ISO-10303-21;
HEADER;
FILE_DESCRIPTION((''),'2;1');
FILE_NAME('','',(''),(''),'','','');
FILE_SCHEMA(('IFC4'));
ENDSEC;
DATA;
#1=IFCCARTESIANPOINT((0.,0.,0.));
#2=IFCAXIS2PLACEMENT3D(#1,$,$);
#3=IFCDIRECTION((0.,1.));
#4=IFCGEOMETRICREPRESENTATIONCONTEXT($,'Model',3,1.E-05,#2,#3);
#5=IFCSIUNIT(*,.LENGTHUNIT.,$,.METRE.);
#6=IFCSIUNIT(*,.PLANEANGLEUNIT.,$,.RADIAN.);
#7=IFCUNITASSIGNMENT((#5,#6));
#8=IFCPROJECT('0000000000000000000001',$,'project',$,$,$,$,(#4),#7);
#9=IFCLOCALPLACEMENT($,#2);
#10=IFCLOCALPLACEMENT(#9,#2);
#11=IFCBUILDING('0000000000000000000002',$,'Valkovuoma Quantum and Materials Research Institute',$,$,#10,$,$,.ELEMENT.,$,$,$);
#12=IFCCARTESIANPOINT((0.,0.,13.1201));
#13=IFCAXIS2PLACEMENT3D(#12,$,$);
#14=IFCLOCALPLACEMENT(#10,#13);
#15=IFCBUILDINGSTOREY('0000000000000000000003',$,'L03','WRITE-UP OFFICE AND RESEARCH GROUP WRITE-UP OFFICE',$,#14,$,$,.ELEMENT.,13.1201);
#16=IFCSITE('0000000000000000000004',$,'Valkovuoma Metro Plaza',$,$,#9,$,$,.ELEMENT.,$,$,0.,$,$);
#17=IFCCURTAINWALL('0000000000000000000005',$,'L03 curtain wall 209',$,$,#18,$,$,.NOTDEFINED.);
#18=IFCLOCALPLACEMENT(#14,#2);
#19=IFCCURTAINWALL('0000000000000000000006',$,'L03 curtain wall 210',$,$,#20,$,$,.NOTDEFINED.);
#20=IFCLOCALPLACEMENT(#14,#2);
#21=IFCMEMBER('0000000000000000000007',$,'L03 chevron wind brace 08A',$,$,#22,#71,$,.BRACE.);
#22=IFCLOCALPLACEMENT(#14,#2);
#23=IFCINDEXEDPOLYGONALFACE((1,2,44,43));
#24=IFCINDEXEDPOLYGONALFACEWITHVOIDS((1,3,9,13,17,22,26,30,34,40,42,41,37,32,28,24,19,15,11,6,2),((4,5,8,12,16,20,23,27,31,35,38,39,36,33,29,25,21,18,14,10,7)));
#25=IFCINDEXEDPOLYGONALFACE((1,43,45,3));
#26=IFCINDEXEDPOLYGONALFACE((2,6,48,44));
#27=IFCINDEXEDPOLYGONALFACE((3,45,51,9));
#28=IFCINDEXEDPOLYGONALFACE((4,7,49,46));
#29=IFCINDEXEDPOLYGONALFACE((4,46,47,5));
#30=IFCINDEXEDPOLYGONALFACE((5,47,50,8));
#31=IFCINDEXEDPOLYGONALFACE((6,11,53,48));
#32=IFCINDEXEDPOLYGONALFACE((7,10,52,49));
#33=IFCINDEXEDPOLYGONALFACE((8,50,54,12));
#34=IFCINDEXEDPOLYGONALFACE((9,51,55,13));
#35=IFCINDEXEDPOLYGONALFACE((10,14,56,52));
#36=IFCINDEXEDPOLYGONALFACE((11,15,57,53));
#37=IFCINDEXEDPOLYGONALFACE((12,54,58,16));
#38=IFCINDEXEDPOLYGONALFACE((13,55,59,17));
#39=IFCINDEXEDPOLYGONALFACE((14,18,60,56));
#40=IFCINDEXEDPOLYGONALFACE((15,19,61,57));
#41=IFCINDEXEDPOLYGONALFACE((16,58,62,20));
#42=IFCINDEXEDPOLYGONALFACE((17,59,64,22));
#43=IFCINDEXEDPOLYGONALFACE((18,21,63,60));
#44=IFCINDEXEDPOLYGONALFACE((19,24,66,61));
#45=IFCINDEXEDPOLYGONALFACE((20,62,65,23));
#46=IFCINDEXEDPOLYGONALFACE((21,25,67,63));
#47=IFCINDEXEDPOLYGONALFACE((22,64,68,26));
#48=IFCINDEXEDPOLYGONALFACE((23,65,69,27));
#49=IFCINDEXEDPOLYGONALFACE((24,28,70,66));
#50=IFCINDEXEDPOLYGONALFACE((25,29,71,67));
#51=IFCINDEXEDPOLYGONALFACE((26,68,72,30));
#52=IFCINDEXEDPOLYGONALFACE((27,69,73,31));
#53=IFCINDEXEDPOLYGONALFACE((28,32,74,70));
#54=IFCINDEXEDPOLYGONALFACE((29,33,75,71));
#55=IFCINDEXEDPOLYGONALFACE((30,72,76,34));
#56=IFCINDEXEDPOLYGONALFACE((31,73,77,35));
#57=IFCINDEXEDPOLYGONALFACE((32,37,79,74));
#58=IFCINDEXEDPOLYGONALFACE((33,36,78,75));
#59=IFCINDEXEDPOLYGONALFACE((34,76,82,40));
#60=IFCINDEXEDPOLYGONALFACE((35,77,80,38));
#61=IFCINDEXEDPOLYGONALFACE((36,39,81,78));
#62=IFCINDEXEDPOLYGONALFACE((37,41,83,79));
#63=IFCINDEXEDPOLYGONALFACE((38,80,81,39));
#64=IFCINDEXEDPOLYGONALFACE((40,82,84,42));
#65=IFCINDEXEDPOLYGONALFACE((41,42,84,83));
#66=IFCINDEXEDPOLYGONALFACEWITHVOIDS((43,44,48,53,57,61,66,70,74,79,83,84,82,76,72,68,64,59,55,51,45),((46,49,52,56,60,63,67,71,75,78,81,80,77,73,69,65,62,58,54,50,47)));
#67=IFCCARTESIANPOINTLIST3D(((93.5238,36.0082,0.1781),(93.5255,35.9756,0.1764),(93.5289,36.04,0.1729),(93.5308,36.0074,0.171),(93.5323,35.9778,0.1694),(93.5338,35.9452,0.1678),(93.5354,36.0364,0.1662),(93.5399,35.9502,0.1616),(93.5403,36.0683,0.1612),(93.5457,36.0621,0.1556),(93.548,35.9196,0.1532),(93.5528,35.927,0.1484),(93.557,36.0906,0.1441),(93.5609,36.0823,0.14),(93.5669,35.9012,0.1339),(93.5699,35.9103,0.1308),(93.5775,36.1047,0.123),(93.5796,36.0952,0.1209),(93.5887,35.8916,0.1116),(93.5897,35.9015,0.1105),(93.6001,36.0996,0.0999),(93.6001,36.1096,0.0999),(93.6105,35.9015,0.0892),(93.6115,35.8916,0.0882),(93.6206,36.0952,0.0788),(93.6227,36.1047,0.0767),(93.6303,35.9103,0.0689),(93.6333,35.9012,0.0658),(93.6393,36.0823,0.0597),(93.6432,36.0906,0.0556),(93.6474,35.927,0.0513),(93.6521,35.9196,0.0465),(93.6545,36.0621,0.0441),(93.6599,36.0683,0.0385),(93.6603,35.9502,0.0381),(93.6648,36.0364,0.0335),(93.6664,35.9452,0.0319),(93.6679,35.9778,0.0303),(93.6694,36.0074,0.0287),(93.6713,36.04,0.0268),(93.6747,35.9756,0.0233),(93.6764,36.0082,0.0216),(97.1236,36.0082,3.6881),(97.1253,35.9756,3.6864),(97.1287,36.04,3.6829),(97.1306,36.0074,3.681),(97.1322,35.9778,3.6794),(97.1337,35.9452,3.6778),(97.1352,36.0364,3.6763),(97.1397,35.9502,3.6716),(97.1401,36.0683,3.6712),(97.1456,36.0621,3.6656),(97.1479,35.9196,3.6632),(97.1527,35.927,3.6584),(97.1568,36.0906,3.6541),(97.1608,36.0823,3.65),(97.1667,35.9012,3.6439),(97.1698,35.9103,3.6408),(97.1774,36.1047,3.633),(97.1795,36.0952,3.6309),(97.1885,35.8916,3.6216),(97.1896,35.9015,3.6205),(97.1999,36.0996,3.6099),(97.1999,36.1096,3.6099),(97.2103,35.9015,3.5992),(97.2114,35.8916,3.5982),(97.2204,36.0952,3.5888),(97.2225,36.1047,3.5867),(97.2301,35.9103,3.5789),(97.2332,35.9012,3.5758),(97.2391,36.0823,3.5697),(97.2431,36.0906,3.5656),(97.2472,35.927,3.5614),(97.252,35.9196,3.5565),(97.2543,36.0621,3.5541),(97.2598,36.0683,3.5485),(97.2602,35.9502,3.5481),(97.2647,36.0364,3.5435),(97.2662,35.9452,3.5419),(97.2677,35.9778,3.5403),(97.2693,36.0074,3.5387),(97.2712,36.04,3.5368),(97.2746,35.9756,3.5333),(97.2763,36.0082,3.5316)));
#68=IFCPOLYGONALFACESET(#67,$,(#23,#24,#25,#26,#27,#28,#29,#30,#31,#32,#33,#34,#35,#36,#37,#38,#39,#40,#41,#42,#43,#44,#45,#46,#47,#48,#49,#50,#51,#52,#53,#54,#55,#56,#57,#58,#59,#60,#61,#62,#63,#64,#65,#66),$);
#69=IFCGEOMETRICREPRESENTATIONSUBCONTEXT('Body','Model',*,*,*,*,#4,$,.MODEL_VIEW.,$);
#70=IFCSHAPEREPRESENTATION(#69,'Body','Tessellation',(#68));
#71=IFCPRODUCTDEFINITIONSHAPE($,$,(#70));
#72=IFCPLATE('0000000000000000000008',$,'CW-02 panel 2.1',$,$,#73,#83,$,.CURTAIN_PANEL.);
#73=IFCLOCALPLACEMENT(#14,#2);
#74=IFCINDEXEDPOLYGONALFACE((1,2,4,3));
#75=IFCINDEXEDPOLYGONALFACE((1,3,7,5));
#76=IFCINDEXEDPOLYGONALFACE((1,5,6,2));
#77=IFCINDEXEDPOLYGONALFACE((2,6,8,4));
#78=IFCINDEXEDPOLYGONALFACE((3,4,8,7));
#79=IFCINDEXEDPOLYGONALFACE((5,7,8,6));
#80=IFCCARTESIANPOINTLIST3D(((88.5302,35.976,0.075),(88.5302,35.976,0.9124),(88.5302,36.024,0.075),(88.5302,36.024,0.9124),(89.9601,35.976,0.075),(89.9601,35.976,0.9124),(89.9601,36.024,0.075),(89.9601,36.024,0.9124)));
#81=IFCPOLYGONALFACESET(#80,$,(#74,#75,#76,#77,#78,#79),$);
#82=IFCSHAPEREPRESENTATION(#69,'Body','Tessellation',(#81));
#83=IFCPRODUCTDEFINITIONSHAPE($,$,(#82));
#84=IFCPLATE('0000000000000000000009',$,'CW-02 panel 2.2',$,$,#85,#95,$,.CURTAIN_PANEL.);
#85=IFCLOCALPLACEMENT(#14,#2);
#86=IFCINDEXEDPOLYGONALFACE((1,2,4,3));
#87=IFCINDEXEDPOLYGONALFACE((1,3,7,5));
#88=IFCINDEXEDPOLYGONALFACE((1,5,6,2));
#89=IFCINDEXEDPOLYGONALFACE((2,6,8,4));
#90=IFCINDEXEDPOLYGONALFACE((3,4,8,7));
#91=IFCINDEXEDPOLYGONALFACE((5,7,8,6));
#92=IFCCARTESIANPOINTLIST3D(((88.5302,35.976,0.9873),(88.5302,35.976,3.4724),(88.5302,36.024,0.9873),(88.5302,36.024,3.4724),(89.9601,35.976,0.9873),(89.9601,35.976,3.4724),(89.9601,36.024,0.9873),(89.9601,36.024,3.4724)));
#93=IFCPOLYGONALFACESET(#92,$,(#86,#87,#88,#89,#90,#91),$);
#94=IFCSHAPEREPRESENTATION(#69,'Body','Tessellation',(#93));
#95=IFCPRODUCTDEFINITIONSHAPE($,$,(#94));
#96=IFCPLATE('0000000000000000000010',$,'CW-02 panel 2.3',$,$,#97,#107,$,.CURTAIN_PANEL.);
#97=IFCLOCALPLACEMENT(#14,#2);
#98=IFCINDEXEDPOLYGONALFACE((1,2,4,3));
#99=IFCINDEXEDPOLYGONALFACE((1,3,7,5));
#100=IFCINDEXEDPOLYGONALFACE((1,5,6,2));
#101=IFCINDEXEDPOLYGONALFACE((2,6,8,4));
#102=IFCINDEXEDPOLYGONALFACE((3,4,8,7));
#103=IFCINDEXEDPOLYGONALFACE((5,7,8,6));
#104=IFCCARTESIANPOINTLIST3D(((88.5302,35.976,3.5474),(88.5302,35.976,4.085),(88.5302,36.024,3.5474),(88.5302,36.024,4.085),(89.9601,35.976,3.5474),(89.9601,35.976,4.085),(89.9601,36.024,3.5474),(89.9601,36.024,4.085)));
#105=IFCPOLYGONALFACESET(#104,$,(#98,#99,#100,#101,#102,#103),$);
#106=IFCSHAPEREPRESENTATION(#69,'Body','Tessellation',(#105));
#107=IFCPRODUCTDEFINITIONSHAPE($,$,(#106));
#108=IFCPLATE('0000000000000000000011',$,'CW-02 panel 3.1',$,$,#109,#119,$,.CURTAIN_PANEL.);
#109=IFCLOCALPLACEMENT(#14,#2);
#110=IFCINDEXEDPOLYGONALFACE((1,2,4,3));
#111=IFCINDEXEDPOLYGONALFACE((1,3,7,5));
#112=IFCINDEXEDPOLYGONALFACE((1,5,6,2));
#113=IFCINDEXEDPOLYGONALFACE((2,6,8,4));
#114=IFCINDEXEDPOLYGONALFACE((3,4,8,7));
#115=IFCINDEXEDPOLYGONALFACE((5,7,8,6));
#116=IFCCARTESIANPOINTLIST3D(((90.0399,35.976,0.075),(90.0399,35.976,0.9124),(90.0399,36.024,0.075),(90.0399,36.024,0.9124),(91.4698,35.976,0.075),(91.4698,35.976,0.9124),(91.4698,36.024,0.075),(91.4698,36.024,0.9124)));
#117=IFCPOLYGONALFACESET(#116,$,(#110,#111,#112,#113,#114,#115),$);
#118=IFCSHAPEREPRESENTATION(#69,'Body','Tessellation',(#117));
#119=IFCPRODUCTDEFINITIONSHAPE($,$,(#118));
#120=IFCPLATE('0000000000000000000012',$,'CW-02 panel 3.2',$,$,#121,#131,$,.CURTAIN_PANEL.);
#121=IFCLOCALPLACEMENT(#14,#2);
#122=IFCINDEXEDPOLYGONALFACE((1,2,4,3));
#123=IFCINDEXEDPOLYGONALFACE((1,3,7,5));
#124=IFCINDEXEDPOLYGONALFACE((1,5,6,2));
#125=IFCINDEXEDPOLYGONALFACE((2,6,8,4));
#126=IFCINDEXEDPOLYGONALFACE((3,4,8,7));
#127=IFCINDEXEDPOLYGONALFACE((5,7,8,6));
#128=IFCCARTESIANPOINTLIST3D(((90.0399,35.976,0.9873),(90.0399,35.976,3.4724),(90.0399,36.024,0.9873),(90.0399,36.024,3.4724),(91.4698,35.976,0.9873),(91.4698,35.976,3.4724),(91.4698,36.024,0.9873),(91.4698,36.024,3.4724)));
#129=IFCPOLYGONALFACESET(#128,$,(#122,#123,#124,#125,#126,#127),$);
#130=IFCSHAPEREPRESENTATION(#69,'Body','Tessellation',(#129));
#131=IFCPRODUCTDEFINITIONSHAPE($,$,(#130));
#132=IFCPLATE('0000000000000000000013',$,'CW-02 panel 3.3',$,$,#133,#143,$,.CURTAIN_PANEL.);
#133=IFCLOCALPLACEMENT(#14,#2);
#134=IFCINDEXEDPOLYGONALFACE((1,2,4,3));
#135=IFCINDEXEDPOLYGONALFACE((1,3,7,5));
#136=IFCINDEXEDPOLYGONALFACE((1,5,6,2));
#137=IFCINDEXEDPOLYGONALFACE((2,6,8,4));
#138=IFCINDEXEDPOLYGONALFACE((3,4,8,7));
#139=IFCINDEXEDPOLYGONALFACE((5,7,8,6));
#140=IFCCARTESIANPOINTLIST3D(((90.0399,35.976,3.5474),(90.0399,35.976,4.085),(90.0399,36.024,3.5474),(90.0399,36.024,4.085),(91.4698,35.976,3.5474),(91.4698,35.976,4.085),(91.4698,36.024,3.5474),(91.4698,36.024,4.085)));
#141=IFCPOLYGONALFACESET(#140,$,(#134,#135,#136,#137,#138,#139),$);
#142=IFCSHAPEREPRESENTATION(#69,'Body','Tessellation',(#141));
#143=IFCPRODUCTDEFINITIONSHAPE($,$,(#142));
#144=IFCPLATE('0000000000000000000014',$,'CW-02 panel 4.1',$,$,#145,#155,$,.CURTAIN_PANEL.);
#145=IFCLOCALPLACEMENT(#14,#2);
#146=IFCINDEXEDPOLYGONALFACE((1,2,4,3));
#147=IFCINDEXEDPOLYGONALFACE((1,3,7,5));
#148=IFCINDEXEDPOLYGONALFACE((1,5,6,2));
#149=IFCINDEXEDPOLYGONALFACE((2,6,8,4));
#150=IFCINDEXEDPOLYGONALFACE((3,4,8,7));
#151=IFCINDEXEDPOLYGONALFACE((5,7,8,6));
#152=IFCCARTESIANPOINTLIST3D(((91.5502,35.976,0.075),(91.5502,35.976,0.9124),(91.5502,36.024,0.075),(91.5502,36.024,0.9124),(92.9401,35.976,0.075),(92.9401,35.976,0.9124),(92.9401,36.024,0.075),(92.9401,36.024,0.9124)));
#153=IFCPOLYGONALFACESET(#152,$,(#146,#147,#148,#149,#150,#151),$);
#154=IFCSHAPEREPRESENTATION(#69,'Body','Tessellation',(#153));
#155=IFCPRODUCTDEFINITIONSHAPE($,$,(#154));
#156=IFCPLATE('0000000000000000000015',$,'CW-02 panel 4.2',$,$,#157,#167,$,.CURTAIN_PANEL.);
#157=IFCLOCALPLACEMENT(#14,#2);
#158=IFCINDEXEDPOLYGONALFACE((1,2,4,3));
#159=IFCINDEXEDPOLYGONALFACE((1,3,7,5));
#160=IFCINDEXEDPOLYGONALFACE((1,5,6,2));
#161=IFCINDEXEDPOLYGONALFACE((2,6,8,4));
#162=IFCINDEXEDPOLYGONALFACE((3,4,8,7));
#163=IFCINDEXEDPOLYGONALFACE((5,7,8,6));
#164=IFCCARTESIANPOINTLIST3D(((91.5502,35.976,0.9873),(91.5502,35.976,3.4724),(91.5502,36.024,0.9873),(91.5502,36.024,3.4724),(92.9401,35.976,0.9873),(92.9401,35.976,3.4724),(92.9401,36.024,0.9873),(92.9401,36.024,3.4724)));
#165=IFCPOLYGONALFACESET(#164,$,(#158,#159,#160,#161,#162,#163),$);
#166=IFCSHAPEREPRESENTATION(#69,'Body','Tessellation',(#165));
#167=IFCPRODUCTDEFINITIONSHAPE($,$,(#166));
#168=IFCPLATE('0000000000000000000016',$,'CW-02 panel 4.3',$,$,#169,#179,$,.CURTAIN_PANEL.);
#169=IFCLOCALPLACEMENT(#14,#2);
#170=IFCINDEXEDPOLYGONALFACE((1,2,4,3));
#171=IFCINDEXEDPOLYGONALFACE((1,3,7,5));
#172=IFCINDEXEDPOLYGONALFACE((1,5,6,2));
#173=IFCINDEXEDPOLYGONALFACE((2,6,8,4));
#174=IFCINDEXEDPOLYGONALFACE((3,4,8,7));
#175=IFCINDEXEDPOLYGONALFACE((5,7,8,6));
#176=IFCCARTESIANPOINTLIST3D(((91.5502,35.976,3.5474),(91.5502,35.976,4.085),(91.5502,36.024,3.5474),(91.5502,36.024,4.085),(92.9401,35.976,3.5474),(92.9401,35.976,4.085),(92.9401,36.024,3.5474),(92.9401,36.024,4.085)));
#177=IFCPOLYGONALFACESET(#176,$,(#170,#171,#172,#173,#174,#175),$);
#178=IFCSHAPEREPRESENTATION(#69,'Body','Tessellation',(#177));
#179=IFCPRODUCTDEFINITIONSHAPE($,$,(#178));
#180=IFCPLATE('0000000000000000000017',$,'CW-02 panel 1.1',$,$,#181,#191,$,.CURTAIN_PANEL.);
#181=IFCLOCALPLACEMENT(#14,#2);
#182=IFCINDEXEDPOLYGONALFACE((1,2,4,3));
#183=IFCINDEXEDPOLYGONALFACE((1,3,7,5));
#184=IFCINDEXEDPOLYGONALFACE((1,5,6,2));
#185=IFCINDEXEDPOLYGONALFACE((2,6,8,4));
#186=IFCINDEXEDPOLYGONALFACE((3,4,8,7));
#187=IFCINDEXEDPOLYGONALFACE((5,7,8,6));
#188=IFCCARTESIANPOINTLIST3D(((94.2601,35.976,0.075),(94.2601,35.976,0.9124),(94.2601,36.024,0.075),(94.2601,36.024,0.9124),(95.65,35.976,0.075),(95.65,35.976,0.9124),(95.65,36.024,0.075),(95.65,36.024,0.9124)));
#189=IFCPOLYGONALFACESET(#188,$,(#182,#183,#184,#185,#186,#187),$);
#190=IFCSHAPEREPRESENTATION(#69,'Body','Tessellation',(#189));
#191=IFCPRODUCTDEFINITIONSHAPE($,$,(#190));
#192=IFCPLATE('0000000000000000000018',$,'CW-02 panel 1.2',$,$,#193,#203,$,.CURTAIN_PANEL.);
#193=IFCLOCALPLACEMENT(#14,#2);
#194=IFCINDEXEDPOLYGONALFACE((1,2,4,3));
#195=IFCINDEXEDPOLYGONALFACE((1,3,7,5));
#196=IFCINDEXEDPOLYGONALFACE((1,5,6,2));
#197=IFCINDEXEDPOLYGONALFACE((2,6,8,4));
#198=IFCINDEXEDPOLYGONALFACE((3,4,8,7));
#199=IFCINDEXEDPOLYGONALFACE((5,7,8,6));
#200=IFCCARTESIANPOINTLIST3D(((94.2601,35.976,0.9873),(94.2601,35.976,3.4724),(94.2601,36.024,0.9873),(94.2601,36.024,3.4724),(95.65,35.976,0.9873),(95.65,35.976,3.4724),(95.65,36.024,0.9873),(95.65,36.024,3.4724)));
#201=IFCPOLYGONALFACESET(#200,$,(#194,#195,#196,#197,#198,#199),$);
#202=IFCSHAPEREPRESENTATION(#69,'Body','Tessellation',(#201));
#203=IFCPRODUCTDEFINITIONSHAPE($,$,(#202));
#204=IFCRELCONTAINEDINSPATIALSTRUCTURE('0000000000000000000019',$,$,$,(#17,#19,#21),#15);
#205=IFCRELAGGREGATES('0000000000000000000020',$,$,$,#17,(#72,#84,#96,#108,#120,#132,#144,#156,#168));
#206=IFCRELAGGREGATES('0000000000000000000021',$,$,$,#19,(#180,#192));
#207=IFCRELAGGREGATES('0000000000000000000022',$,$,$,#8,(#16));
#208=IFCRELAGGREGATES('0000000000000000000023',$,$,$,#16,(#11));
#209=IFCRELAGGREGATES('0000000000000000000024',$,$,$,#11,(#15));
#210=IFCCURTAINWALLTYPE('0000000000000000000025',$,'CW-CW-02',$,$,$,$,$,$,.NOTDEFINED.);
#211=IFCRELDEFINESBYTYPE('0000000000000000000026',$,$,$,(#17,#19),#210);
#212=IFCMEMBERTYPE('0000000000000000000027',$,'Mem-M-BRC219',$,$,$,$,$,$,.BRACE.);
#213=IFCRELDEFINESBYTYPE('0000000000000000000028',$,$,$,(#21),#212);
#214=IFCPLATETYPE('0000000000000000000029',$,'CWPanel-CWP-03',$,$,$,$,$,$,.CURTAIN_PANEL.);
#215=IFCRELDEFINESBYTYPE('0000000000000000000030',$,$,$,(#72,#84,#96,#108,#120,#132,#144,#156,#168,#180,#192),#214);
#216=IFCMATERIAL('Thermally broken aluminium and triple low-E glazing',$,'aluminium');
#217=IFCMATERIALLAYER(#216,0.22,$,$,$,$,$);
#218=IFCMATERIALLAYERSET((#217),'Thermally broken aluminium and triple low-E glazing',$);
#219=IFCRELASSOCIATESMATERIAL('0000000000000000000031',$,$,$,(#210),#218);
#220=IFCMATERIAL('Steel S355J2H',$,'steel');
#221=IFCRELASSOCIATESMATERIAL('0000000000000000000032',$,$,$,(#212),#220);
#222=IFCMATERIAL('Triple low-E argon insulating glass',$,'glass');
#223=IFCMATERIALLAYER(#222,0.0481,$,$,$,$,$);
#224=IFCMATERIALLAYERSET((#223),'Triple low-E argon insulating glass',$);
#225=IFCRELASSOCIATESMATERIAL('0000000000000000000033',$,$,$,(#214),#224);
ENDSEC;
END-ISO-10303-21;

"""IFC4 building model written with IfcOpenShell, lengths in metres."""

from ifc_helpers import new_model, si_unit, direction, frame, origin, origin_2d, place, context, subcontext, project, spatial, rectangle, hollow_circle, extrude, material, layer, layer_set, material_profile, profile_set, type_object, element, aggregate, save


model = new_model("IFC4")

# Units and contexts
model_context = context("Model", 3, precision=1e-05, world=origin(), true_north=direction((0.0, 1.0)))
body_context = subcontext(model_context, "Body", "Model", "MODEL_VIEW")
ifc_project = project(units=[si_unit("LENGTHUNIT", "METRE"), si_unit("PLANEANGLEUNIT", "RADIAN")], contexts=[model_context])

# Site, building, storey
site_placement = place(None, origin())
site = spatial("IfcSite", under=ifc_project, at=site_placement, Name="Valkovuoma Metro Plaza", CompositionType="ELEMENT", RefElevation=0.0)
building_placement = place(site_placement, origin())
building = spatial("IfcBuilding", under=site, at=building_placement, Name="Valkovuoma Quantum and Materials Research Institute", CompositionType="ELEMENT")
storey_placement = place(building_placement, frame((0.0, 0.0, 13.1201)))
storey = spatial("IfcBuildingStorey", under=building, at=storey_placement, Name="L03", Description="WRITE-UP OFFICE AND RESEARCH GROUP WRITE-UP OFFICE", CompositionType="ELEMENT", Elevation=13.1201)

# Curtain walls
ifc_material_1 = material(Name="Thermally broken aluminium and triple low-E glazing", Category="aluminium")
ifc_layer_1 = layer(ifc_material_1, 0.22)
ifc_layer_set_1 = layer_set([ifc_layer_1], Name="Thermally broken aluminium and triple low-E glazing")
curtain_wall_type = type_object("IfcCurtainWallType", Name="CW-CW-02", PredefinedType="NOTDEFINED", material=ifc_layer_set_1)
curtain_wall_1_placement = place(storey_placement, origin())
curtain_wall_1 = element("IfcCurtainWall", 1, at=curtain_wall_1_placement, inside=storey, type_object=curtain_wall_type, Name="L03 curtain wall 209", PredefinedType="NOTDEFINED")
curtain_wall_2_placement = place(storey_placement, origin())
curtain_wall_2 = element("IfcCurtainWall", 2, at=curtain_wall_2_placement, inside=storey, type_object=curtain_wall_type, Name="L03 curtain wall 210", PredefinedType="NOTDEFINED")

# Member
ifc_material_2 = material(Name="Steel S355J2H", Category="steel")
ifc_material_profile_1 = material_profile(ifc_material_2, hollow_circle(Radius=0.1096, WallThickness=0.01, at=origin_2d()), Name="Steel S355J2H")
ifc_profile_set_1 = profile_set([ifc_material_profile_1], Name="Steel S355J2H")
member_type_1 = type_object("IfcMemberType", Name="Mem-M-BRC219", PredefinedType="BRACE", material=ifc_profile_set_1)
member_1_placement = place(storey_placement, frame((93.6001, 36.0, 0.0999), z_axis=(0.715985, 0.0, 0.698116), x_axis=(0.0, 1.0, 0.0)))
element("IfcMember", 3, at=member_1_placement, inside=storey, type_object=member_type_1, Name="L03 chevron wind brace 08A", PredefinedType="BRACE", context=body_context, shape_type="SweptSolid", body=[
    extrude(hollow_circle(Radius=0.1096, WallThickness=0.01, at=origin_2d()), origin(), (0.0, 0.0, 1.0), 5.0278),
])

# Plates
ifc_material_3 = material(Name="Triple low-E argon insulating glass", Category="glass")
ifc_layer_2 = layer(ifc_material_3, 0.0481)
ifc_layer_set_2 = layer_set([ifc_layer_2], Name="Triple low-E argon insulating glass")
plate_type_1 = type_object("IfcPlateType", Name="CWPanel-CWP-03", PredefinedType="CURTAIN_PANEL", material=ifc_layer_set_2)
plate_1_placement = place(storey_placement, frame((89.2451, 36.0, 0.075), z_axis=(0.0, 0.0, 1.0), x_axis=(1.0, 0.0, 0.0)))
plate_1 = element("IfcPlate", 4, at=plate_1_placement, type_object=plate_type_1, Name="CW-02 panel 2.1", PredefinedType="CURTAIN_PANEL", context=body_context, shape_type="SweptSolid", body=[
    extrude(rectangle(XDim=1.4299, YDim=0.0481, at=origin_2d()), origin(), (0.0, 0.0, 1.0), 0.8374),
])
plate_2_placement = place(storey_placement, frame((89.2451, 36.0, 0.9873), z_axis=(0.0, 0.0, 1.0), x_axis=(1.0, 0.0, 0.0)))
plate_2 = element("IfcPlate", 5, at=plate_2_placement, type_object=plate_type_1, Name="CW-02 panel 2.2", PredefinedType="CURTAIN_PANEL", context=body_context, shape_type="SweptSolid", body=[
    extrude(rectangle(XDim=1.4299, YDim=0.0481, at=origin_2d()), origin(), (0.0, 0.0, 1.0), 2.4851),
])
plate_3_placement = place(storey_placement, frame((89.2451, 36.0, 3.5474), z_axis=(0.0, 0.0, 1.0), x_axis=(1.0, 0.0, 0.0)))
plate_3 = element("IfcPlate", 6, at=plate_3_placement, type_object=plate_type_1, Name="CW-02 panel 2.3", PredefinedType="CURTAIN_PANEL", context=body_context, shape_type="SweptSolid", body=[
    extrude(rectangle(XDim=1.4299, YDim=0.0481, at=origin_2d()), origin(), (0.0, 0.0, 1.0), 0.5376),
])
plate_4_placement = place(storey_placement, frame((90.7549, 36.0, 0.075), z_axis=(0.0, 0.0, 1.0), x_axis=(1.0, 0.0, 0.0)))
plate_4 = element("IfcPlate", 7, at=plate_4_placement, type_object=plate_type_1, Name="CW-02 panel 3.1", PredefinedType="CURTAIN_PANEL", context=body_context, shape_type="SweptSolid", body=[
    extrude(rectangle(XDim=1.4299, YDim=0.0481, at=origin_2d()), origin(), (0.0, 0.0, 1.0), 0.8374),
])
plate_5_placement = place(storey_placement, frame((90.7549, 36.0, 0.9873), z_axis=(0.0, 0.0, 1.0), x_axis=(1.0, 0.0, 0.0)))
plate_5 = element("IfcPlate", 8, at=plate_5_placement, type_object=plate_type_1, Name="CW-02 panel 3.2", PredefinedType="CURTAIN_PANEL", context=body_context, shape_type="SweptSolid", body=[
    extrude(rectangle(XDim=1.4299, YDim=0.0481, at=origin_2d()), origin(), (0.0, 0.0, 1.0), 2.4851),
])
plate_6_placement = place(storey_placement, frame((90.7549, 36.0, 3.5474), z_axis=(0.0, 0.0, 1.0), x_axis=(1.0, 0.0, 0.0)))
plate_6 = element("IfcPlate", 9, at=plate_6_placement, type_object=plate_type_1, Name="CW-02 panel 3.3", PredefinedType="CURTAIN_PANEL", context=body_context, shape_type="SweptSolid", body=[
    extrude(rectangle(XDim=1.4299, YDim=0.0481, at=origin_2d()), origin(), (0.0, 0.0, 1.0), 0.5376),
])
plate_7_placement = place(storey_placement, frame((92.2451, 36.0, 0.075), z_axis=(0.0, 0.0, 1.0), x_axis=(1.0, 0.0, 0.0)))
plate_7 = element("IfcPlate", 10, at=plate_7_placement, type_object=plate_type_1, Name="CW-02 panel 4.1", PredefinedType="CURTAIN_PANEL", context=body_context, shape_type="SweptSolid", body=[
    extrude(rectangle(XDim=1.3899, YDim=0.0481, at=origin_2d()), origin(), (0.0, 0.0, 1.0), 0.8374),
])
plate_8_placement = place(storey_placement, frame((92.2451, 36.0, 0.9873), z_axis=(0.0, 0.0, 1.0), x_axis=(1.0, 0.0, 0.0)))
plate_8 = element("IfcPlate", 11, at=plate_8_placement, type_object=plate_type_1, Name="CW-02 panel 4.2", PredefinedType="CURTAIN_PANEL", context=body_context, shape_type="SweptSolid", body=[
    extrude(rectangle(XDim=1.3899, YDim=0.0481, at=origin_2d()), origin(), (0.0, 0.0, 1.0), 2.4851),
])
plate_9_placement = place(storey_placement, frame((92.2451, 36.0, 3.5474), z_axis=(0.0, 0.0, 1.0), x_axis=(1.0, 0.0, 0.0)))
plate_9 = element("IfcPlate", 12, at=plate_9_placement, type_object=plate_type_1, Name="CW-02 panel 4.3", PredefinedType="CURTAIN_PANEL", context=body_context, shape_type="SweptSolid", body=[
    extrude(rectangle(XDim=1.3899, YDim=0.0481, at=origin_2d()), origin(), (0.0, 0.0, 1.0), 0.5376),
])
aggregate(curtain_wall_1, [plate_1, plate_2, plate_3, plate_4, plate_5, plate_6, plate_7, plate_8, plate_9])
plate_10_placement = place(storey_placement, frame((94.9551, 36.0, 0.075), z_axis=(0.0, 0.0, 1.0), x_axis=(1.0, 0.0, 0.0)))
plate_10 = element("IfcPlate", 13, at=plate_10_placement, type_object=plate_type_1, Name="CW-02 panel 1.1", PredefinedType="CURTAIN_PANEL", context=body_context, shape_type="SweptSolid", body=[
    extrude(rectangle(XDim=1.3899, YDim=0.0481, at=origin_2d()), origin(), (0.0, 0.0, 1.0), 0.8374),
])
plate_11_placement = place(storey_placement, frame((94.9551, 36.0, 0.9873), z_axis=(0.0, 0.0, 1.0), x_axis=(1.0, 0.0, 0.0)))
plate_11 = element("IfcPlate", 14, at=plate_11_placement, type_object=plate_type_1, Name="CW-02 panel 1.2", PredefinedType="CURTAIN_PANEL", context=body_context, shape_type="SweptSolid", body=[
    extrude(rectangle(XDim=1.3899, YDim=0.0481, at=origin_2d()), origin(), (0.0, 0.0, 1.0), 2.4851),
])
aggregate(curtain_wall_2, [plate_10, plate_11])

save(model, "model.ifc")
